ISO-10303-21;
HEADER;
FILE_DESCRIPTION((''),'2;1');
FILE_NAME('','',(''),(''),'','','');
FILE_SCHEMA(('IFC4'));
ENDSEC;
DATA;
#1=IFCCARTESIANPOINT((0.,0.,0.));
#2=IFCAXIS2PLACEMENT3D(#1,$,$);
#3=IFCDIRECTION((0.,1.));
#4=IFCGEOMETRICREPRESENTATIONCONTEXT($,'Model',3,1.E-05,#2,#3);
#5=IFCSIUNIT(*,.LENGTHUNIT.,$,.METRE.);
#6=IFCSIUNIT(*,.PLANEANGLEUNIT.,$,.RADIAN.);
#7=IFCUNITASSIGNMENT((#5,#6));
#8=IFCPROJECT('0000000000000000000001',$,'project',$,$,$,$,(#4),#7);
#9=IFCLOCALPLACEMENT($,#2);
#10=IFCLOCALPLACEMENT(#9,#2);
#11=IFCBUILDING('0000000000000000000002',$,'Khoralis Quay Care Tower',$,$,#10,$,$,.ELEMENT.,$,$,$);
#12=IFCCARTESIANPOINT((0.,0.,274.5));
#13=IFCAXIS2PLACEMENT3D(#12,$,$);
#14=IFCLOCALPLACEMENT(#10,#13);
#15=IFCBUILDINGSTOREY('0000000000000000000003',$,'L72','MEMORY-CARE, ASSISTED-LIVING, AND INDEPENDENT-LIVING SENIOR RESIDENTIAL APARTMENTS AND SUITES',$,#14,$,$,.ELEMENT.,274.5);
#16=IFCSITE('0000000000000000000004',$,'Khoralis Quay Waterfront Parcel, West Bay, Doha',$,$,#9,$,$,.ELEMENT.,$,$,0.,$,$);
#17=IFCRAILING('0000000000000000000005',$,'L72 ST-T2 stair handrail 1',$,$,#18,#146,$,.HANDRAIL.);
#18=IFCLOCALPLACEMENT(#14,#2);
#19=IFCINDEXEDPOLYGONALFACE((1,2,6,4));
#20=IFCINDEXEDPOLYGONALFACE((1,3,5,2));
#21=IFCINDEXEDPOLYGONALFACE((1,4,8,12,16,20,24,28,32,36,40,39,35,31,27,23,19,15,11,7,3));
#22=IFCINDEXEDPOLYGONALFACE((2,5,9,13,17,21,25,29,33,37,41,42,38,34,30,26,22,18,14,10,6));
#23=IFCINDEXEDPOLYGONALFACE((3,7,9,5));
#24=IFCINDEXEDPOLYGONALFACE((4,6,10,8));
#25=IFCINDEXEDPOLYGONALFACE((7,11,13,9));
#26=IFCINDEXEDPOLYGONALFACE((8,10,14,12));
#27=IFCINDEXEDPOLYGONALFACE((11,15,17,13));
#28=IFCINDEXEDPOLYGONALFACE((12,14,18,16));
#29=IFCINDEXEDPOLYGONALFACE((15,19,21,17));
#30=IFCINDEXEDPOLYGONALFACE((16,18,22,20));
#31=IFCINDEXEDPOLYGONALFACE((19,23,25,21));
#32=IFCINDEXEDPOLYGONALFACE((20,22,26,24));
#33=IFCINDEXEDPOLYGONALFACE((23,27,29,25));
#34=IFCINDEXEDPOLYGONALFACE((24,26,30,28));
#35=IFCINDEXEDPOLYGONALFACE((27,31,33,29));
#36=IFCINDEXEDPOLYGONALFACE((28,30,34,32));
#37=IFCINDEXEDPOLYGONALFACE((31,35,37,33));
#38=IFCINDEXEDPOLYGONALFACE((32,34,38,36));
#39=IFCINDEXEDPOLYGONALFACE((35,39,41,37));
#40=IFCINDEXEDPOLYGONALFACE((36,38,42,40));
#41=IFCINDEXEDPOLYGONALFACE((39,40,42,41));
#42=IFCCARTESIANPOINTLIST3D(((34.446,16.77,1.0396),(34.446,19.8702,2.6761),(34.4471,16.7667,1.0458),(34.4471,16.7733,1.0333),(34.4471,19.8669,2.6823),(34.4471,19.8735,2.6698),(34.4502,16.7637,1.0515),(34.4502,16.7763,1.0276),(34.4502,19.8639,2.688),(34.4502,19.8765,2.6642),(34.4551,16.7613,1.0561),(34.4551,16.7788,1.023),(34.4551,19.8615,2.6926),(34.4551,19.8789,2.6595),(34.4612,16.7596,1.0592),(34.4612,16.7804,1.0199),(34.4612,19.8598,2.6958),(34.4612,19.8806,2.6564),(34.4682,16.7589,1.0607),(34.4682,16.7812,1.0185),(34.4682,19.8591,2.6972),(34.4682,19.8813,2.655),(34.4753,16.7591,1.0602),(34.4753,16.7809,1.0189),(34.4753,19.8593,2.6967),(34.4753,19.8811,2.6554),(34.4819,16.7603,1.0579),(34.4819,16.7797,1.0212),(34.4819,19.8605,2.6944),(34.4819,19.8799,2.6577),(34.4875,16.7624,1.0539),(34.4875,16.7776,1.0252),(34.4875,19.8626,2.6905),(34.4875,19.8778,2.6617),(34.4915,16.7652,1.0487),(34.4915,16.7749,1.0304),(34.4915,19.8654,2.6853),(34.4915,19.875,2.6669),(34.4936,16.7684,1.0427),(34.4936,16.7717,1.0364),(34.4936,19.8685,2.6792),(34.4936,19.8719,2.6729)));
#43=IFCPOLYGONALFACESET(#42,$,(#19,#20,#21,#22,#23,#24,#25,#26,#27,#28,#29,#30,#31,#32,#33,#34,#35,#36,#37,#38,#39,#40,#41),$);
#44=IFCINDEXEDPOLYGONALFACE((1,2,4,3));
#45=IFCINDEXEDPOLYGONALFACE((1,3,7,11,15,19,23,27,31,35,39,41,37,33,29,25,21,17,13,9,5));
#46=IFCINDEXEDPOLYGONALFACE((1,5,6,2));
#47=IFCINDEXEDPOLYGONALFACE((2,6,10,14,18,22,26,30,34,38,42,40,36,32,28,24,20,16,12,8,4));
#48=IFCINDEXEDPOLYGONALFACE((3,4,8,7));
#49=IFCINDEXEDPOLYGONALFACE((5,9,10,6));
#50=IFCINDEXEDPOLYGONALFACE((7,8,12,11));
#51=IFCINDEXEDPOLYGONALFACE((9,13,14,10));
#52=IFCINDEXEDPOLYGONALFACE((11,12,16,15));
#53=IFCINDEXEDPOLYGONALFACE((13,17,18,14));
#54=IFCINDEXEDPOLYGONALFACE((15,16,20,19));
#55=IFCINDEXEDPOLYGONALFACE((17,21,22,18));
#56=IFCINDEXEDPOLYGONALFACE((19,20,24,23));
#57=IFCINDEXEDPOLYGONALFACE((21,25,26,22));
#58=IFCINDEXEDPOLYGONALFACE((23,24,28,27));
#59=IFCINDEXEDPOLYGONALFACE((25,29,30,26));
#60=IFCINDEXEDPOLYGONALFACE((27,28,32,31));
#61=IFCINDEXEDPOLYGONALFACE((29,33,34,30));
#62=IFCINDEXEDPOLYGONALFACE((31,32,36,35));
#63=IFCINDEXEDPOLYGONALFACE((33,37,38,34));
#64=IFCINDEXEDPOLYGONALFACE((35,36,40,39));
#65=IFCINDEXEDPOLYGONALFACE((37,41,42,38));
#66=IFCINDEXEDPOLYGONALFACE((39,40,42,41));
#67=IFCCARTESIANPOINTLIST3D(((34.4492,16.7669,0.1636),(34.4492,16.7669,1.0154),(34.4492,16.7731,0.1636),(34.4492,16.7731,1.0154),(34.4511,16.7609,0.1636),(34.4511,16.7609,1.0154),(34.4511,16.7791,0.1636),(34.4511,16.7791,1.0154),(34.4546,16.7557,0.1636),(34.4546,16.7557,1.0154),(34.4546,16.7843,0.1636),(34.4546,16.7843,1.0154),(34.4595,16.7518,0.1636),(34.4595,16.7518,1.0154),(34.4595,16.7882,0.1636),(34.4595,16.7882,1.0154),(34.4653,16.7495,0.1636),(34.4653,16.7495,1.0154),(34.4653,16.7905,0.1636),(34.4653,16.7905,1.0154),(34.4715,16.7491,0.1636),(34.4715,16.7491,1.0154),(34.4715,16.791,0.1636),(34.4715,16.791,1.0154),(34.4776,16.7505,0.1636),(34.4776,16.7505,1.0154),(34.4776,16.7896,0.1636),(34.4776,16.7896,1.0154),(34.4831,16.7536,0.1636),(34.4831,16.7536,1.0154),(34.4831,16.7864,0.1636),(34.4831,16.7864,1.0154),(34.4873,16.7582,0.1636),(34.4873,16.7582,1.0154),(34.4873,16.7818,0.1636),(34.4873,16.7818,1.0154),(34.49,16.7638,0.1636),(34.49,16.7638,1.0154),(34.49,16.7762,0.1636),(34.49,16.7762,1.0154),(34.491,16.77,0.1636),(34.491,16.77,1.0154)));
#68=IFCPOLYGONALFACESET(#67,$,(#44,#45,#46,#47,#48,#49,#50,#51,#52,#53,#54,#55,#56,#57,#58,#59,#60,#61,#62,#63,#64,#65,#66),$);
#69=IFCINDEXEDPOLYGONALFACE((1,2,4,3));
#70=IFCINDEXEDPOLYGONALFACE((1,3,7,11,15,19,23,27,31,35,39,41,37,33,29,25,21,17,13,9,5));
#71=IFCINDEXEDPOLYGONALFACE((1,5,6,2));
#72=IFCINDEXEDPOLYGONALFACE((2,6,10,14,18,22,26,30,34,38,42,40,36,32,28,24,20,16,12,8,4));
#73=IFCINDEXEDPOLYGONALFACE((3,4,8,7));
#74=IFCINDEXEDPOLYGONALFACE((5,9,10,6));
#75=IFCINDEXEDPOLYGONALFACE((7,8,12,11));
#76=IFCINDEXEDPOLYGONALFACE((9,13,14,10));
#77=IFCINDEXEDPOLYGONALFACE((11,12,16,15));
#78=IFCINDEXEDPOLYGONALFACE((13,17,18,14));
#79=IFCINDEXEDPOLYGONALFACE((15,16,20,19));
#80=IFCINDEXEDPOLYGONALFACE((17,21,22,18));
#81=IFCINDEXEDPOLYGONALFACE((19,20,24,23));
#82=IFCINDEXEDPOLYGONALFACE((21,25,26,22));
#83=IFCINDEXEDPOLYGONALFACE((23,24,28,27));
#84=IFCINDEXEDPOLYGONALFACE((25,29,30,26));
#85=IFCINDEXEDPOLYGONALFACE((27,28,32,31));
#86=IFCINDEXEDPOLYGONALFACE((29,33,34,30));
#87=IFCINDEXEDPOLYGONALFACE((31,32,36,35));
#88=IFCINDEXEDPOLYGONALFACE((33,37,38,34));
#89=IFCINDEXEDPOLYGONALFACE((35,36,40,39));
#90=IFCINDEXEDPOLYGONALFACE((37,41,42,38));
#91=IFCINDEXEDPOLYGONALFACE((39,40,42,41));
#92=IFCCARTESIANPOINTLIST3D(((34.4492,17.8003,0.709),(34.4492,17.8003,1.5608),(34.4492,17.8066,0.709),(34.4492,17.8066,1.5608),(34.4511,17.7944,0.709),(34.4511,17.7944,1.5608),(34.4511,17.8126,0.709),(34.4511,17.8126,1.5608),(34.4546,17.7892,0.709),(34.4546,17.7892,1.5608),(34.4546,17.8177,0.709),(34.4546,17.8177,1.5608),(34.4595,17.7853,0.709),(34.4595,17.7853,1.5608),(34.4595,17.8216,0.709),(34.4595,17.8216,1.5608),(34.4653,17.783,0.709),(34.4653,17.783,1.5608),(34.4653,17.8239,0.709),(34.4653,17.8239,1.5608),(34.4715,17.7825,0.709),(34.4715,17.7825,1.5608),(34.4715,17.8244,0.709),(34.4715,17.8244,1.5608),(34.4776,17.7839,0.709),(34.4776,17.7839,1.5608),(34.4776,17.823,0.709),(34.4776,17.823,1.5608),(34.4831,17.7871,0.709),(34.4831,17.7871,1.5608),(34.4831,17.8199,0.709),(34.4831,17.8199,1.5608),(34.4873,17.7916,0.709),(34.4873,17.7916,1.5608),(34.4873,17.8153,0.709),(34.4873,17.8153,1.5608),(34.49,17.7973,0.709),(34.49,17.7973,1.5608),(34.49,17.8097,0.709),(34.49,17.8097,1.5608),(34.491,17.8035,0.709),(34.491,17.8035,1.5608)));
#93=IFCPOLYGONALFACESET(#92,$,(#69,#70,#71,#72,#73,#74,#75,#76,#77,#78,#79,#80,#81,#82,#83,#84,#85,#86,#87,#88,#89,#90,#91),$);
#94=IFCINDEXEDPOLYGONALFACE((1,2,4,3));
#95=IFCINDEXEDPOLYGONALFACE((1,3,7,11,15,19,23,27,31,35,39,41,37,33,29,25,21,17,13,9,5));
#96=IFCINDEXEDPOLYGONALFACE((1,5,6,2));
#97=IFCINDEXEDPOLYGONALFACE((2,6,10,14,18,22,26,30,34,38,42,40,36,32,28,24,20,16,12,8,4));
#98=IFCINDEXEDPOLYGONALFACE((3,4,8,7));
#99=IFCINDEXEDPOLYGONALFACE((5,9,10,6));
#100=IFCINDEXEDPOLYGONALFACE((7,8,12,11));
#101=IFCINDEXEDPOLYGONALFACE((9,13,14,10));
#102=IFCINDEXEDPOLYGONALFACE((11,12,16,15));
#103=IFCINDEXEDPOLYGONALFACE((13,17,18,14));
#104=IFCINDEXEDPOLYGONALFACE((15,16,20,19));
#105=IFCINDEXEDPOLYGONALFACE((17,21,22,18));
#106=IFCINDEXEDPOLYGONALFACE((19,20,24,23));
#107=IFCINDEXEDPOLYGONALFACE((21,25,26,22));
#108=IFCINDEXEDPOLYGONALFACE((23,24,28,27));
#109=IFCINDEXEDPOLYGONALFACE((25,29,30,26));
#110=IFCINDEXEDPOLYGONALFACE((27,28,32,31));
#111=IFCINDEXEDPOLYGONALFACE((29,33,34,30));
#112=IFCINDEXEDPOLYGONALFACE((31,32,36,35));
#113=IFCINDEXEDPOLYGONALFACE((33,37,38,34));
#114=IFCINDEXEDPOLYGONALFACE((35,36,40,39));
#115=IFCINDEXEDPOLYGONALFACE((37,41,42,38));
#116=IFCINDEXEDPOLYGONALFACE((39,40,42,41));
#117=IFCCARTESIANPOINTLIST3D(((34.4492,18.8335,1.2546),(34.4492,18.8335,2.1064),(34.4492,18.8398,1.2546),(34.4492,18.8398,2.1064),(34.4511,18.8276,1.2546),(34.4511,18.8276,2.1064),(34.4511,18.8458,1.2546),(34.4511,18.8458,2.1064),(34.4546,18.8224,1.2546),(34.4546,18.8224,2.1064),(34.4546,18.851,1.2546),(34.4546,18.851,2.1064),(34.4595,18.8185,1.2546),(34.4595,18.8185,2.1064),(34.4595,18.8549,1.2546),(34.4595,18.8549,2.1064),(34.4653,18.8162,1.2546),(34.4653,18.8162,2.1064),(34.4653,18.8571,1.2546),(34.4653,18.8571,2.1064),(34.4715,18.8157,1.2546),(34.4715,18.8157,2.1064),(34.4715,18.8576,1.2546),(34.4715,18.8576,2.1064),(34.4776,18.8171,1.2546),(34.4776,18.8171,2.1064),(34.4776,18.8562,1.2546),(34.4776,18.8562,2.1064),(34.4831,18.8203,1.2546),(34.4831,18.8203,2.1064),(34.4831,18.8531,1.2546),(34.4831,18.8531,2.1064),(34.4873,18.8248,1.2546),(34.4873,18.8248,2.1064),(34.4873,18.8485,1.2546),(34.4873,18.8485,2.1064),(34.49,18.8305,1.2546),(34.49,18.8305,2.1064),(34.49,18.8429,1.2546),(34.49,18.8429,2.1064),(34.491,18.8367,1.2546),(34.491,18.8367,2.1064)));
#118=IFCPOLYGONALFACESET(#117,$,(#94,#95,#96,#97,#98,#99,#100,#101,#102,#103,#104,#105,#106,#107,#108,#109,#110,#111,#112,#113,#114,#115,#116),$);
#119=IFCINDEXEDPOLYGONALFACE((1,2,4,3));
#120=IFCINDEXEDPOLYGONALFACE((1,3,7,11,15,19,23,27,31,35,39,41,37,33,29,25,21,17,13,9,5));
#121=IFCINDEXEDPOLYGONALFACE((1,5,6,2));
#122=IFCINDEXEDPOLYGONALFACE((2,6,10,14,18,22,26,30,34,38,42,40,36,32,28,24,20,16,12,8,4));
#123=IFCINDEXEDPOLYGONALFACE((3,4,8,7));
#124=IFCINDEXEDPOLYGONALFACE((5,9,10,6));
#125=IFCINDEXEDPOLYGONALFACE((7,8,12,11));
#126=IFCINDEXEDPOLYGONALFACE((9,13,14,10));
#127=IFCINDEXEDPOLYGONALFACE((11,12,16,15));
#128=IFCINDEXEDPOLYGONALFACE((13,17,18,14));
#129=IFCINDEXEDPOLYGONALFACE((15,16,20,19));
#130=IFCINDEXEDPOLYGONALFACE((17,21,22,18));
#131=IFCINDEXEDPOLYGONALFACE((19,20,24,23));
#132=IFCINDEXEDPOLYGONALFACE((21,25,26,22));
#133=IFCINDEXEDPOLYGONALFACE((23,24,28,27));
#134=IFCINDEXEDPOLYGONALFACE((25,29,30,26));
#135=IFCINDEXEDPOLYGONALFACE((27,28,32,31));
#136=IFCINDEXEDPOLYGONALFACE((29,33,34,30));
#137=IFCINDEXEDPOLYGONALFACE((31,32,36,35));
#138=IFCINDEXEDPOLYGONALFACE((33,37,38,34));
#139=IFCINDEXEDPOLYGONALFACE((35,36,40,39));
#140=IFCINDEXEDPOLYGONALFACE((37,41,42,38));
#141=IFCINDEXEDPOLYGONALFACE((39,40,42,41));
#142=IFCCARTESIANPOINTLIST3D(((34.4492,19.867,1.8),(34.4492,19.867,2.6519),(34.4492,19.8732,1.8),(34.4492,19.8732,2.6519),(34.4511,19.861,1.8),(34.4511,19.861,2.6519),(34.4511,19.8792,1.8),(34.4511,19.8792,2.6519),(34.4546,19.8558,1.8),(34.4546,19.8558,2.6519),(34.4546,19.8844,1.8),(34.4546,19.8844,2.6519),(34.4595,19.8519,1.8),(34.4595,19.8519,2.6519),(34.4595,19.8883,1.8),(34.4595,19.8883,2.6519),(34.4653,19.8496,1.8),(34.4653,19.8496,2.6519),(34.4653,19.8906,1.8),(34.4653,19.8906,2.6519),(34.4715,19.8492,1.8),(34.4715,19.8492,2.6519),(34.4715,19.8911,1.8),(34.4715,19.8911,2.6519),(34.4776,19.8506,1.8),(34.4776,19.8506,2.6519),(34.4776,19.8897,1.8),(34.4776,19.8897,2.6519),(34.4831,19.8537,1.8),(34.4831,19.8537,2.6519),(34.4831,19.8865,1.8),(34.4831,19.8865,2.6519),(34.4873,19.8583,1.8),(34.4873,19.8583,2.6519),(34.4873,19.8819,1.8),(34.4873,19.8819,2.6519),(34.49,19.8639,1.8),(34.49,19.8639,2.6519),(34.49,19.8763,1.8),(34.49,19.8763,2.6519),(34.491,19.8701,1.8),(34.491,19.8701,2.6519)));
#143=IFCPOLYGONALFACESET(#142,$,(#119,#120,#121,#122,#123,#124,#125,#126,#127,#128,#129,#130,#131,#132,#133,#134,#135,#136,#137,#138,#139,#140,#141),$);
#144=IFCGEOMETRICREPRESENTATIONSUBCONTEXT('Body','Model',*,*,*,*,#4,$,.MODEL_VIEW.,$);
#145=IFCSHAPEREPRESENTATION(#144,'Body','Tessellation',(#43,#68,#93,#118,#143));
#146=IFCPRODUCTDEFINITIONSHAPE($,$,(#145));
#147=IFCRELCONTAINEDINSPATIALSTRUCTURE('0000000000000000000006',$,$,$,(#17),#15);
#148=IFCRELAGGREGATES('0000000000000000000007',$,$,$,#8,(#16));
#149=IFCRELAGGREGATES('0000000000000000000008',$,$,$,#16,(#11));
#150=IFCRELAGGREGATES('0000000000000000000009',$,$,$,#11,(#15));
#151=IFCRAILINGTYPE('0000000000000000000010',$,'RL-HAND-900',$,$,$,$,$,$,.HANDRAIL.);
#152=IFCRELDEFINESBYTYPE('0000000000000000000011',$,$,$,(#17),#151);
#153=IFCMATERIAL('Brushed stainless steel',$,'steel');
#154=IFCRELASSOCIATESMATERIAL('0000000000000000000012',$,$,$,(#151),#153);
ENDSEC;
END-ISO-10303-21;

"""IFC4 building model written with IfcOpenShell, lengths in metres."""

from ifc_helpers import new_model, si_unit, direction, frame, origin, origin_2d, place, context, subcontext, project, spatial, circle, extrude, material, type_object, element, save


model = new_model("IFC4")

# Units and contexts
model_context = context("Model", 3, precision=1e-05, world=origin(), true_north=direction((0.0, 1.0)))
body_context = subcontext(model_context, "Body", "Model", "MODEL_VIEW")
ifc_project = project(units=[si_unit("LENGTHUNIT", "METRE"), si_unit("PLANEANGLEUNIT", "RADIAN")], contexts=[model_context])

# Site, building, storey
site_placement = place(None, origin())
site = spatial("IfcSite", under=ifc_project, at=site_placement, Name="Khoralis Quay Waterfront Parcel, West Bay, Doha", CompositionType="ELEMENT", RefElevation=0.0)
building_placement = place(site_placement, origin())
building = spatial("IfcBuilding", under=site, at=building_placement, Name="Khoralis Quay Care Tower", CompositionType="ELEMENT")
storey_placement = place(building_placement, frame((0.0, 0.0, 274.5)))
storey = spatial("IfcBuildingStorey", under=building, at=storey_placement, Name="L72", Description="MEMORY-CARE, ASSISTED-LIVING, AND INDEPENDENT-LIVING SENIOR RESIDENTIAL APARTMENTS AND SUITES", CompositionType="ELEMENT", Elevation=274.5)

# Shared definitions
ifc_material_1 = material(Name="Brushed stainless steel", Category="steel")

# Railing
railing_type_1 = type_object("IfcRailingType", Name="RL-HAND-900", PredefinedType="HANDRAIL", material=ifc_material_1)
railing_1_placement = place(storey_placement, frame((34.47, 16.77, 0.1636)))
element("IfcRailing", 1, at=railing_1_placement, inside=storey, type_object=railing_type_1, Name="L72 ST-T2 stair handrail 1", PredefinedType="HANDRAIL", context=body_context, shape_type="SweptSolid", body=[
    extrude(circle(Radius=0.0239, at=origin_2d()), frame((0.0, 0.0, 0.876), z_axis=(0.0, 0.884348, 0.466828), x_axis=(-1.0, 0.0, 0.0)), (0.0, 0.0, 1.0), 3.5056),
    extrude(circle(Radius=0.021, at=origin_2d()), origin(), (0.0, 0.0, 1.0), 0.8518),
    extrude(circle(Radius=0.021, at=origin_2d()), frame((0.0, 1.0334, 0.5454)), (0.0, 0.0, 1.0), 0.8518),
    extrude(circle(Radius=0.021, at=origin_2d()), frame((0.0, 2.0667, 1.0911)), (0.0, 0.0, 1.0), 0.8518),
    extrude(circle(Radius=0.021, at=origin_2d()), frame((0.0, 3.1001, 1.6365)), (0.0, 0.0, 1.0), 0.8518),
])

save(model, "model.ifc")
